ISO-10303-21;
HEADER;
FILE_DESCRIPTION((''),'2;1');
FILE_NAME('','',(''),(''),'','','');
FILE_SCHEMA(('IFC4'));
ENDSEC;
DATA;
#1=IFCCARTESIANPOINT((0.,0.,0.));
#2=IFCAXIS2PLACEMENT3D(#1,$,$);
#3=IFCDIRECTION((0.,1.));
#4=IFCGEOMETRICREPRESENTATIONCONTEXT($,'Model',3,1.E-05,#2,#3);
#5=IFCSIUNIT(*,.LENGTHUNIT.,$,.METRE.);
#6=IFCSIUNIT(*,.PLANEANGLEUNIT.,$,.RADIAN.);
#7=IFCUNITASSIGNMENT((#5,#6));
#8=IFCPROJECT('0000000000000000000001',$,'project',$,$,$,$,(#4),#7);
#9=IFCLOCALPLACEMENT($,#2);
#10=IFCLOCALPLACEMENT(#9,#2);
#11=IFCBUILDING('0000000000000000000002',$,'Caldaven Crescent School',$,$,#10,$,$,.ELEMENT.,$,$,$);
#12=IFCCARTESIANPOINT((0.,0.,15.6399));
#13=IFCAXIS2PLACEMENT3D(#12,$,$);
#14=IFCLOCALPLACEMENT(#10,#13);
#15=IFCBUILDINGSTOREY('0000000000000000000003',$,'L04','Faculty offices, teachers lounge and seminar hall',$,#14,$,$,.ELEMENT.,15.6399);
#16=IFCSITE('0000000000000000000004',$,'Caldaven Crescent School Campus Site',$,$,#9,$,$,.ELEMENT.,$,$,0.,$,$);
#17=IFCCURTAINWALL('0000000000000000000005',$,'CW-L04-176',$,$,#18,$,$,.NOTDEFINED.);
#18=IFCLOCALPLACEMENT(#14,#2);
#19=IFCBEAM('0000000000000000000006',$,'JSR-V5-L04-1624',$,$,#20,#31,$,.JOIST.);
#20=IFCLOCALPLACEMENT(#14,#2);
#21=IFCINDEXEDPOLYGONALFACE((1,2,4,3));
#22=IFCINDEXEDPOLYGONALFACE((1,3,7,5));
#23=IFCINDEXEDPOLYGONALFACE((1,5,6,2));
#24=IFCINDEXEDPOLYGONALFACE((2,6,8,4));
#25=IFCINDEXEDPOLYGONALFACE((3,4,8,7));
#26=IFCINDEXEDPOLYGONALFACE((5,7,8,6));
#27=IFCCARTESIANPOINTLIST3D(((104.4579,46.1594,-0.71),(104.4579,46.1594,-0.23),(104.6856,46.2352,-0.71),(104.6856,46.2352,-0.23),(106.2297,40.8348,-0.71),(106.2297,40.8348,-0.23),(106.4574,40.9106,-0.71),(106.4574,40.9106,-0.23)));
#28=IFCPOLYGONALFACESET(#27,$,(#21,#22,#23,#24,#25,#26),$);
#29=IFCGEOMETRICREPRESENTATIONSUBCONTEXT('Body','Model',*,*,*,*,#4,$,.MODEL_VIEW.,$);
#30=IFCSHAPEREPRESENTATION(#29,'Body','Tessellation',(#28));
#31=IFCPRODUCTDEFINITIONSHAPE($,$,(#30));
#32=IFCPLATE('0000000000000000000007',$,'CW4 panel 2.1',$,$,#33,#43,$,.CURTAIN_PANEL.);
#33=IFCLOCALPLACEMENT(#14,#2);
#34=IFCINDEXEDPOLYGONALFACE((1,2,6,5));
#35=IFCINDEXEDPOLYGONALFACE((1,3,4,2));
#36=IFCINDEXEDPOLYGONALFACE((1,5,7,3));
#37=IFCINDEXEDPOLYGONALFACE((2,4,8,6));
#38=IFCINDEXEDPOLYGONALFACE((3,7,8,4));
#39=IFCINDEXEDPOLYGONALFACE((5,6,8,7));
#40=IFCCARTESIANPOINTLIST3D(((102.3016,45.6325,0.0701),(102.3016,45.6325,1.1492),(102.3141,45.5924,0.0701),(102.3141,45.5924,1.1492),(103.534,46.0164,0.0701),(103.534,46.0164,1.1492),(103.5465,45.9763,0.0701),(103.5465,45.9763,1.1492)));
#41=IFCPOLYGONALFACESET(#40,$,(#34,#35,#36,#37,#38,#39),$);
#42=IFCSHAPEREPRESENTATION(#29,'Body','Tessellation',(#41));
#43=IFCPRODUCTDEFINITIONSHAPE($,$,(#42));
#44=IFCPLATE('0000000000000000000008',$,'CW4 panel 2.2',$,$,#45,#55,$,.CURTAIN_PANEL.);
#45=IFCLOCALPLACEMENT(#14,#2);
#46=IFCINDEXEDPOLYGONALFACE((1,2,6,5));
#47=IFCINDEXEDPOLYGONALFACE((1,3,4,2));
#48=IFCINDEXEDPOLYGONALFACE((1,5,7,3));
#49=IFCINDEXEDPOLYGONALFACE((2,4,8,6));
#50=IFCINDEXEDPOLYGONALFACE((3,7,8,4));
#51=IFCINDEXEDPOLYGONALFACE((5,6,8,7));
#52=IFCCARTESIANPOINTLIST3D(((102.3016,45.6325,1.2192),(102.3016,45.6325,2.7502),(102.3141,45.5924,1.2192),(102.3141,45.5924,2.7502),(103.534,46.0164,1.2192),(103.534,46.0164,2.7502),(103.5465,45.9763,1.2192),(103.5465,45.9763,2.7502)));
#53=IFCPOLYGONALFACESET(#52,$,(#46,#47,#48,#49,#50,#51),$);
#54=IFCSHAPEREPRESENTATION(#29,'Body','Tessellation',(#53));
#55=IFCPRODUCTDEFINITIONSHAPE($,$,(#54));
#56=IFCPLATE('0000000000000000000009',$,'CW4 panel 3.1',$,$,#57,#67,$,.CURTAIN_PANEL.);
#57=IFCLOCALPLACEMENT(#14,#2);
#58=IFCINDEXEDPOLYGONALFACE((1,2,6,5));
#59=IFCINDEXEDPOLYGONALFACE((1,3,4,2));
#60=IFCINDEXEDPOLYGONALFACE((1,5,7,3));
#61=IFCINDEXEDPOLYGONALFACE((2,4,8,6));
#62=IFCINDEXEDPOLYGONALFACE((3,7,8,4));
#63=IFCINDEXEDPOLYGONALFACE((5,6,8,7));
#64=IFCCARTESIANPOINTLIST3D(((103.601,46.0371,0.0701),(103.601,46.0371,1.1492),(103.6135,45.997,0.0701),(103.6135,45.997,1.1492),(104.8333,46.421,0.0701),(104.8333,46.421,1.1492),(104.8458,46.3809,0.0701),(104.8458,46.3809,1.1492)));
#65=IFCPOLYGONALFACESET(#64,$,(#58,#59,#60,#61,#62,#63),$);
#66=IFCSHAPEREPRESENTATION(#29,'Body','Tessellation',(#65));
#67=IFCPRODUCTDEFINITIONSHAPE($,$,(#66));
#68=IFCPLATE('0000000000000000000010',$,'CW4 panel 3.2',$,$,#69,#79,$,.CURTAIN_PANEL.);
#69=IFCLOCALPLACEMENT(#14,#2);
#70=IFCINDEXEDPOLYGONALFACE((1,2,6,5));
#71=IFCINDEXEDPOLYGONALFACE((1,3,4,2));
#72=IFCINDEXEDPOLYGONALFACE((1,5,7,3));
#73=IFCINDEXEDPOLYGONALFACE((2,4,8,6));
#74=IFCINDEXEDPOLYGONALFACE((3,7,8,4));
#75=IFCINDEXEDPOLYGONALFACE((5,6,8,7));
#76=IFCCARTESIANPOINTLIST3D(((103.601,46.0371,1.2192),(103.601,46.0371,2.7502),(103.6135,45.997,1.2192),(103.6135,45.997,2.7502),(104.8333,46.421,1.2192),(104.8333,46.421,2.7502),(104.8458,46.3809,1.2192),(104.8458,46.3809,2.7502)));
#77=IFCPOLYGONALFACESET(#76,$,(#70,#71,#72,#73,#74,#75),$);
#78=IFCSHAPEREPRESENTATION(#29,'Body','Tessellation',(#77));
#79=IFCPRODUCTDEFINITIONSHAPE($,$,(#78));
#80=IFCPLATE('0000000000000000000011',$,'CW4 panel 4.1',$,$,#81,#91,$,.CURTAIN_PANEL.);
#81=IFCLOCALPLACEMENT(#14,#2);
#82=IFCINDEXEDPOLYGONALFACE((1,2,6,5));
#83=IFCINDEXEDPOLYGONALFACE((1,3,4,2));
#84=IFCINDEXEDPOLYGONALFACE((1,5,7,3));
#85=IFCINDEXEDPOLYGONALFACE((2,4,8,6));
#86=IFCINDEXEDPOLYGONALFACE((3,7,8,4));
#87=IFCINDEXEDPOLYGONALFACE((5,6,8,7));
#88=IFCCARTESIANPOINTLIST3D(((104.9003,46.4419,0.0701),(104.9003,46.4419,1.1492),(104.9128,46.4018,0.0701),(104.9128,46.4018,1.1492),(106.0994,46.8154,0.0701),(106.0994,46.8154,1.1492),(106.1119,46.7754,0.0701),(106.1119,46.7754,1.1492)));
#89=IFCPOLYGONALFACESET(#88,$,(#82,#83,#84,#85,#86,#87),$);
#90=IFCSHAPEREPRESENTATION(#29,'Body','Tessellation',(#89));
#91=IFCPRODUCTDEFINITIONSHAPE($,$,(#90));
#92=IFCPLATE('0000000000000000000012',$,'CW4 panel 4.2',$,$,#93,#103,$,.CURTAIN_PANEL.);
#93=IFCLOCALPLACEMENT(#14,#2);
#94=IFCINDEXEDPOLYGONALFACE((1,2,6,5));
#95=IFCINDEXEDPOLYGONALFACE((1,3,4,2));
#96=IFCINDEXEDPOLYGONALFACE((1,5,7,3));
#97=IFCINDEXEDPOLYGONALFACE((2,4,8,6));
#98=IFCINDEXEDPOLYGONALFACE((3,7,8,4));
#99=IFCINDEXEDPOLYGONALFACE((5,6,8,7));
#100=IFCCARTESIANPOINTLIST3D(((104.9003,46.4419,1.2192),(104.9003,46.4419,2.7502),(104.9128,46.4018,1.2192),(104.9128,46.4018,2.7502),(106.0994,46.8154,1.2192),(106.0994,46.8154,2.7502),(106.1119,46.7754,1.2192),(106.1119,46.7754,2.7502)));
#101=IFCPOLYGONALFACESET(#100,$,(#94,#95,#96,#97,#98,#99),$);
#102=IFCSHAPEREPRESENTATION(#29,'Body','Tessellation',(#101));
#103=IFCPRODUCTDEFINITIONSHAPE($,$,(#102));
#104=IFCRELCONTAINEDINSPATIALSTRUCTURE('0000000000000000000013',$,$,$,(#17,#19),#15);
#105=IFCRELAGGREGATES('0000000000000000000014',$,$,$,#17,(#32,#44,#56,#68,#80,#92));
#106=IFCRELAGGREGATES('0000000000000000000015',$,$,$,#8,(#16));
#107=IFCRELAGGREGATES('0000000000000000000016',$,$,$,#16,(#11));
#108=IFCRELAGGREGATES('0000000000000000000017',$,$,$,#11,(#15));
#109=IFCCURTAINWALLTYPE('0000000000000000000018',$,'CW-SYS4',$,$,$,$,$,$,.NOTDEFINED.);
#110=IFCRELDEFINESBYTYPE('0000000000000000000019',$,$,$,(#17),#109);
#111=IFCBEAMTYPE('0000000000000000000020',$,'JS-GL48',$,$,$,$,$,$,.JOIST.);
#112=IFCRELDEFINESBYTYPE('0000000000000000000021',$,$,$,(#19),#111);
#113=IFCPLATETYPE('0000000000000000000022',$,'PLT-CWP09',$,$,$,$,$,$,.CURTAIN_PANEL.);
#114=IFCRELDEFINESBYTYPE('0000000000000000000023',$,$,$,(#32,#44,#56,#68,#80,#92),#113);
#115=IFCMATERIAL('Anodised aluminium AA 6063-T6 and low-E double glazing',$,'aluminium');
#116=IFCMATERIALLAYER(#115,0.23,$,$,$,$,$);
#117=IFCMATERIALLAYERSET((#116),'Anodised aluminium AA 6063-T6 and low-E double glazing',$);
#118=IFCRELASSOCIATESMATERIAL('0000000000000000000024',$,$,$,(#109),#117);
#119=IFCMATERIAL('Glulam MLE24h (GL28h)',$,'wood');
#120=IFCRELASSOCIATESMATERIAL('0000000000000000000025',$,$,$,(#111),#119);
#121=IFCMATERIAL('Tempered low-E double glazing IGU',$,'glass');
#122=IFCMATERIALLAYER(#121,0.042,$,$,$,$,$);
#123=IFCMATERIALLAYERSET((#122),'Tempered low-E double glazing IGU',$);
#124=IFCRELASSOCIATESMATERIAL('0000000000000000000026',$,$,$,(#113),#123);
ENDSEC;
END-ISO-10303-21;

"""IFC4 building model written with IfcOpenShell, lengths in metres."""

from ifc_helpers import new_model, si_unit, direction, frame, origin, origin_2d, place, context, subcontext, project, spatial, rectangle, extrude, material, layer, layer_set, material_profile, profile_set, type_object, element, aggregate, save


model = new_model("IFC4")

# Units and contexts
model_context = context("Model", 3, precision=1e-05, world=origin(), true_north=direction((0.0, 1.0)))
body_context = subcontext(model_context, "Body", "Model", "MODEL_VIEW")
ifc_project = project(units=[si_unit("LENGTHUNIT", "METRE"), si_unit("PLANEANGLEUNIT", "RADIAN")], contexts=[model_context])

# Site, building, storey
site_placement = place(None, origin())
site = spatial("IfcSite", under=ifc_project, at=site_placement, Name="Caldaven Crescent School Campus Site", CompositionType="ELEMENT", RefElevation=0.0)
building_placement = place(site_placement, origin())
building = spatial("IfcBuilding", under=site, at=building_placement, Name="Caldaven Crescent School", CompositionType="ELEMENT")
storey_placement = place(building_placement, frame((0.0, 0.0, 15.6399)))
storey = spatial("IfcBuildingStorey", under=building, at=storey_placement, Name="L04", Description="Faculty offices, teachers lounge and seminar hall", CompositionType="ELEMENT", Elevation=15.6399)

# Shared definitions
ifc_material_1 = material(Name="Glulam MLE24h (GL28h)", Category="wood")

# Curtain wall
ifc_material_2 = material(Name="Anodised aluminium AA 6063-T6 and low-E double glazing", Category="aluminium")
ifc_layer_1 = layer(ifc_material_2, 0.23)
ifc_layer_set_1 = layer_set([ifc_layer_1], Name="Anodised aluminium AA 6063-T6 and low-E double glazing")
curtain_wall_type = type_object("IfcCurtainWallType", Name="CW-SYS4", PredefinedType="NOTDEFINED", material=ifc_layer_set_1)
curtain_wall_placement = place(storey_placement, origin())
curtain_wall = element("IfcCurtainWall", 1, at=curtain_wall_placement, inside=storey, type_object=curtain_wall_type, Name="CW-L04-176", PredefinedType="NOTDEFINED")

# Beam
ifc_material_profile_1 = material_profile(ifc_material_1, rectangle(XDim=0.24, YDim=0.48, at=origin_2d()), Name="MLE 240x480")
ifc_profile_set_1 = profile_set([ifc_material_profile_1], Name="Glulam MLE24h (GL28h)")
beam_type = type_object("IfcBeamType", Name="JS-GL48", PredefinedType="JOIST", material=ifc_profile_set_1)
beam_1_placement = place(storey_placement, frame((104.5718, 46.1973, -0.47), z_axis=(0.315732, -0.948848, 0.0), x_axis=(0.948848, 0.315732, 0.0)))
element("IfcBeam", 2, at=beam_1_placement, inside=storey, type_object=beam_type, Name="JSR-V5-L04-1624", PredefinedType="JOIST", context=body_context, shape_type="SweptSolid", body=[
    extrude(rectangle(XDim=0.24, YDim=0.48, at=origin_2d()), origin(), (0.0, 0.0, 1.0), 5.6116),
])

# Plates
ifc_material_3 = material(Name="Tempered low-E double glazing IGU", Category="glass")
ifc_layer_2 = layer(ifc_material_3, 0.042)
ifc_layer_set_2 = layer_set([ifc_layer_2], Name="Tempered low-E double glazing IGU")
plate_type = type_object("IfcPlateType", Name="PLT-CWP09", PredefinedType="CURTAIN_PANEL", material=ifc_layer_set_2)
plate_1_placement = place(storey_placement, frame((102.9241, 45.8044, 0.0701), z_axis=(0.0, 0.0, 1.0), x_axis=(0.954747, 0.29742, 0.0)))
plate_1 = element("IfcPlate", 3, at=plate_1_placement, type_object=plate_type, Name="CW4 panel 2.1", PredefinedType="CURTAIN_PANEL", context=body_context, shape_type="SweptSolid", body=[
    extrude(rectangle(XDim=1.2908, YDim=0.042, at=origin_2d()), origin(), (0.0, 0.0, 1.0), 1.0791),
])
plate_2_placement = place(storey_placement, frame((102.9241, 45.8044, 1.2192), z_axis=(0.0, 0.0, 1.0), x_axis=(0.954747, 0.29742, 0.0)))
plate_2 = element("IfcPlate", 4, at=plate_2_placement, type_object=plate_type, Name="CW4 panel 2.2", PredefinedType="CURTAIN_PANEL", context=body_context, shape_type="SweptSolid", body=[
    extrude(rectangle(XDim=1.2908, YDim=0.042, at=origin_2d()), origin(), (0.0, 0.0, 1.0), 1.531),
])
plate_3_placement = place(storey_placement, frame((104.2234, 46.209, 0.0701), z_axis=(0.0, 0.0, 1.0), x_axis=(0.954747, 0.29742, 0.0)))
plate_3 = element("IfcPlate", 5, at=plate_3_placement, type_object=plate_type, Name="CW4 panel 3.1", PredefinedType="CURTAIN_PANEL", context=body_context, shape_type="SweptSolid", body=[
    extrude(rectangle(XDim=1.2908, YDim=0.042, at=origin_2d()), origin(), (0.0, 0.0, 1.0), 1.0791),
])
plate_4_placement = place(storey_placement, frame((104.2234, 46.209, 1.2192), z_axis=(0.0, 0.0, 1.0), x_axis=(0.954747, 0.29742, 0.0)))
plate_4 = element("IfcPlate", 6, at=plate_4_placement, type_object=plate_type, Name="CW4 panel 3.2", PredefinedType="CURTAIN_PANEL", context=body_context, shape_type="SweptSolid", body=[
    extrude(rectangle(XDim=1.2908, YDim=0.042, at=origin_2d()), origin(), (0.0, 0.0, 1.0), 1.531),
])
plate_5_placement = place(storey_placement, frame((105.5061, 46.6086, 0.0701), z_axis=(0.0, 0.0, 1.0), x_axis=(0.954747, 0.29742, 0.0)))
plate_5 = element("IfcPlate", 7, at=plate_5_placement, type_object=plate_type, Name="CW4 panel 4.1", PredefinedType="CURTAIN_PANEL", context=body_context, shape_type="SweptSolid", body=[
    extrude(rectangle(XDim=1.2559, YDim=0.042, at=origin_2d()), origin(), (0.0, 0.0, 1.0), 1.0791),
])
plate_6_placement = place(storey_placement, frame((105.5061, 46.6086, 1.2192), z_axis=(0.0, 0.0, 1.0), x_axis=(0.954747, 0.29742, 0.0)))
plate_6 = element("IfcPlate", 8, at=plate_6_placement, type_object=plate_type, Name="CW4 panel 4.2", PredefinedType="CURTAIN_PANEL", context=body_context, shape_type="SweptSolid", body=[
    extrude(rectangle(XDim=1.2559, YDim=0.042, at=origin_2d()), origin(), (0.0, 0.0, 1.0), 1.531),
])
aggregate(curtain_wall, [plate_1, plate_2, plate_3, plate_4, plate_5, plate_6])

save(model, "model.ifc")
